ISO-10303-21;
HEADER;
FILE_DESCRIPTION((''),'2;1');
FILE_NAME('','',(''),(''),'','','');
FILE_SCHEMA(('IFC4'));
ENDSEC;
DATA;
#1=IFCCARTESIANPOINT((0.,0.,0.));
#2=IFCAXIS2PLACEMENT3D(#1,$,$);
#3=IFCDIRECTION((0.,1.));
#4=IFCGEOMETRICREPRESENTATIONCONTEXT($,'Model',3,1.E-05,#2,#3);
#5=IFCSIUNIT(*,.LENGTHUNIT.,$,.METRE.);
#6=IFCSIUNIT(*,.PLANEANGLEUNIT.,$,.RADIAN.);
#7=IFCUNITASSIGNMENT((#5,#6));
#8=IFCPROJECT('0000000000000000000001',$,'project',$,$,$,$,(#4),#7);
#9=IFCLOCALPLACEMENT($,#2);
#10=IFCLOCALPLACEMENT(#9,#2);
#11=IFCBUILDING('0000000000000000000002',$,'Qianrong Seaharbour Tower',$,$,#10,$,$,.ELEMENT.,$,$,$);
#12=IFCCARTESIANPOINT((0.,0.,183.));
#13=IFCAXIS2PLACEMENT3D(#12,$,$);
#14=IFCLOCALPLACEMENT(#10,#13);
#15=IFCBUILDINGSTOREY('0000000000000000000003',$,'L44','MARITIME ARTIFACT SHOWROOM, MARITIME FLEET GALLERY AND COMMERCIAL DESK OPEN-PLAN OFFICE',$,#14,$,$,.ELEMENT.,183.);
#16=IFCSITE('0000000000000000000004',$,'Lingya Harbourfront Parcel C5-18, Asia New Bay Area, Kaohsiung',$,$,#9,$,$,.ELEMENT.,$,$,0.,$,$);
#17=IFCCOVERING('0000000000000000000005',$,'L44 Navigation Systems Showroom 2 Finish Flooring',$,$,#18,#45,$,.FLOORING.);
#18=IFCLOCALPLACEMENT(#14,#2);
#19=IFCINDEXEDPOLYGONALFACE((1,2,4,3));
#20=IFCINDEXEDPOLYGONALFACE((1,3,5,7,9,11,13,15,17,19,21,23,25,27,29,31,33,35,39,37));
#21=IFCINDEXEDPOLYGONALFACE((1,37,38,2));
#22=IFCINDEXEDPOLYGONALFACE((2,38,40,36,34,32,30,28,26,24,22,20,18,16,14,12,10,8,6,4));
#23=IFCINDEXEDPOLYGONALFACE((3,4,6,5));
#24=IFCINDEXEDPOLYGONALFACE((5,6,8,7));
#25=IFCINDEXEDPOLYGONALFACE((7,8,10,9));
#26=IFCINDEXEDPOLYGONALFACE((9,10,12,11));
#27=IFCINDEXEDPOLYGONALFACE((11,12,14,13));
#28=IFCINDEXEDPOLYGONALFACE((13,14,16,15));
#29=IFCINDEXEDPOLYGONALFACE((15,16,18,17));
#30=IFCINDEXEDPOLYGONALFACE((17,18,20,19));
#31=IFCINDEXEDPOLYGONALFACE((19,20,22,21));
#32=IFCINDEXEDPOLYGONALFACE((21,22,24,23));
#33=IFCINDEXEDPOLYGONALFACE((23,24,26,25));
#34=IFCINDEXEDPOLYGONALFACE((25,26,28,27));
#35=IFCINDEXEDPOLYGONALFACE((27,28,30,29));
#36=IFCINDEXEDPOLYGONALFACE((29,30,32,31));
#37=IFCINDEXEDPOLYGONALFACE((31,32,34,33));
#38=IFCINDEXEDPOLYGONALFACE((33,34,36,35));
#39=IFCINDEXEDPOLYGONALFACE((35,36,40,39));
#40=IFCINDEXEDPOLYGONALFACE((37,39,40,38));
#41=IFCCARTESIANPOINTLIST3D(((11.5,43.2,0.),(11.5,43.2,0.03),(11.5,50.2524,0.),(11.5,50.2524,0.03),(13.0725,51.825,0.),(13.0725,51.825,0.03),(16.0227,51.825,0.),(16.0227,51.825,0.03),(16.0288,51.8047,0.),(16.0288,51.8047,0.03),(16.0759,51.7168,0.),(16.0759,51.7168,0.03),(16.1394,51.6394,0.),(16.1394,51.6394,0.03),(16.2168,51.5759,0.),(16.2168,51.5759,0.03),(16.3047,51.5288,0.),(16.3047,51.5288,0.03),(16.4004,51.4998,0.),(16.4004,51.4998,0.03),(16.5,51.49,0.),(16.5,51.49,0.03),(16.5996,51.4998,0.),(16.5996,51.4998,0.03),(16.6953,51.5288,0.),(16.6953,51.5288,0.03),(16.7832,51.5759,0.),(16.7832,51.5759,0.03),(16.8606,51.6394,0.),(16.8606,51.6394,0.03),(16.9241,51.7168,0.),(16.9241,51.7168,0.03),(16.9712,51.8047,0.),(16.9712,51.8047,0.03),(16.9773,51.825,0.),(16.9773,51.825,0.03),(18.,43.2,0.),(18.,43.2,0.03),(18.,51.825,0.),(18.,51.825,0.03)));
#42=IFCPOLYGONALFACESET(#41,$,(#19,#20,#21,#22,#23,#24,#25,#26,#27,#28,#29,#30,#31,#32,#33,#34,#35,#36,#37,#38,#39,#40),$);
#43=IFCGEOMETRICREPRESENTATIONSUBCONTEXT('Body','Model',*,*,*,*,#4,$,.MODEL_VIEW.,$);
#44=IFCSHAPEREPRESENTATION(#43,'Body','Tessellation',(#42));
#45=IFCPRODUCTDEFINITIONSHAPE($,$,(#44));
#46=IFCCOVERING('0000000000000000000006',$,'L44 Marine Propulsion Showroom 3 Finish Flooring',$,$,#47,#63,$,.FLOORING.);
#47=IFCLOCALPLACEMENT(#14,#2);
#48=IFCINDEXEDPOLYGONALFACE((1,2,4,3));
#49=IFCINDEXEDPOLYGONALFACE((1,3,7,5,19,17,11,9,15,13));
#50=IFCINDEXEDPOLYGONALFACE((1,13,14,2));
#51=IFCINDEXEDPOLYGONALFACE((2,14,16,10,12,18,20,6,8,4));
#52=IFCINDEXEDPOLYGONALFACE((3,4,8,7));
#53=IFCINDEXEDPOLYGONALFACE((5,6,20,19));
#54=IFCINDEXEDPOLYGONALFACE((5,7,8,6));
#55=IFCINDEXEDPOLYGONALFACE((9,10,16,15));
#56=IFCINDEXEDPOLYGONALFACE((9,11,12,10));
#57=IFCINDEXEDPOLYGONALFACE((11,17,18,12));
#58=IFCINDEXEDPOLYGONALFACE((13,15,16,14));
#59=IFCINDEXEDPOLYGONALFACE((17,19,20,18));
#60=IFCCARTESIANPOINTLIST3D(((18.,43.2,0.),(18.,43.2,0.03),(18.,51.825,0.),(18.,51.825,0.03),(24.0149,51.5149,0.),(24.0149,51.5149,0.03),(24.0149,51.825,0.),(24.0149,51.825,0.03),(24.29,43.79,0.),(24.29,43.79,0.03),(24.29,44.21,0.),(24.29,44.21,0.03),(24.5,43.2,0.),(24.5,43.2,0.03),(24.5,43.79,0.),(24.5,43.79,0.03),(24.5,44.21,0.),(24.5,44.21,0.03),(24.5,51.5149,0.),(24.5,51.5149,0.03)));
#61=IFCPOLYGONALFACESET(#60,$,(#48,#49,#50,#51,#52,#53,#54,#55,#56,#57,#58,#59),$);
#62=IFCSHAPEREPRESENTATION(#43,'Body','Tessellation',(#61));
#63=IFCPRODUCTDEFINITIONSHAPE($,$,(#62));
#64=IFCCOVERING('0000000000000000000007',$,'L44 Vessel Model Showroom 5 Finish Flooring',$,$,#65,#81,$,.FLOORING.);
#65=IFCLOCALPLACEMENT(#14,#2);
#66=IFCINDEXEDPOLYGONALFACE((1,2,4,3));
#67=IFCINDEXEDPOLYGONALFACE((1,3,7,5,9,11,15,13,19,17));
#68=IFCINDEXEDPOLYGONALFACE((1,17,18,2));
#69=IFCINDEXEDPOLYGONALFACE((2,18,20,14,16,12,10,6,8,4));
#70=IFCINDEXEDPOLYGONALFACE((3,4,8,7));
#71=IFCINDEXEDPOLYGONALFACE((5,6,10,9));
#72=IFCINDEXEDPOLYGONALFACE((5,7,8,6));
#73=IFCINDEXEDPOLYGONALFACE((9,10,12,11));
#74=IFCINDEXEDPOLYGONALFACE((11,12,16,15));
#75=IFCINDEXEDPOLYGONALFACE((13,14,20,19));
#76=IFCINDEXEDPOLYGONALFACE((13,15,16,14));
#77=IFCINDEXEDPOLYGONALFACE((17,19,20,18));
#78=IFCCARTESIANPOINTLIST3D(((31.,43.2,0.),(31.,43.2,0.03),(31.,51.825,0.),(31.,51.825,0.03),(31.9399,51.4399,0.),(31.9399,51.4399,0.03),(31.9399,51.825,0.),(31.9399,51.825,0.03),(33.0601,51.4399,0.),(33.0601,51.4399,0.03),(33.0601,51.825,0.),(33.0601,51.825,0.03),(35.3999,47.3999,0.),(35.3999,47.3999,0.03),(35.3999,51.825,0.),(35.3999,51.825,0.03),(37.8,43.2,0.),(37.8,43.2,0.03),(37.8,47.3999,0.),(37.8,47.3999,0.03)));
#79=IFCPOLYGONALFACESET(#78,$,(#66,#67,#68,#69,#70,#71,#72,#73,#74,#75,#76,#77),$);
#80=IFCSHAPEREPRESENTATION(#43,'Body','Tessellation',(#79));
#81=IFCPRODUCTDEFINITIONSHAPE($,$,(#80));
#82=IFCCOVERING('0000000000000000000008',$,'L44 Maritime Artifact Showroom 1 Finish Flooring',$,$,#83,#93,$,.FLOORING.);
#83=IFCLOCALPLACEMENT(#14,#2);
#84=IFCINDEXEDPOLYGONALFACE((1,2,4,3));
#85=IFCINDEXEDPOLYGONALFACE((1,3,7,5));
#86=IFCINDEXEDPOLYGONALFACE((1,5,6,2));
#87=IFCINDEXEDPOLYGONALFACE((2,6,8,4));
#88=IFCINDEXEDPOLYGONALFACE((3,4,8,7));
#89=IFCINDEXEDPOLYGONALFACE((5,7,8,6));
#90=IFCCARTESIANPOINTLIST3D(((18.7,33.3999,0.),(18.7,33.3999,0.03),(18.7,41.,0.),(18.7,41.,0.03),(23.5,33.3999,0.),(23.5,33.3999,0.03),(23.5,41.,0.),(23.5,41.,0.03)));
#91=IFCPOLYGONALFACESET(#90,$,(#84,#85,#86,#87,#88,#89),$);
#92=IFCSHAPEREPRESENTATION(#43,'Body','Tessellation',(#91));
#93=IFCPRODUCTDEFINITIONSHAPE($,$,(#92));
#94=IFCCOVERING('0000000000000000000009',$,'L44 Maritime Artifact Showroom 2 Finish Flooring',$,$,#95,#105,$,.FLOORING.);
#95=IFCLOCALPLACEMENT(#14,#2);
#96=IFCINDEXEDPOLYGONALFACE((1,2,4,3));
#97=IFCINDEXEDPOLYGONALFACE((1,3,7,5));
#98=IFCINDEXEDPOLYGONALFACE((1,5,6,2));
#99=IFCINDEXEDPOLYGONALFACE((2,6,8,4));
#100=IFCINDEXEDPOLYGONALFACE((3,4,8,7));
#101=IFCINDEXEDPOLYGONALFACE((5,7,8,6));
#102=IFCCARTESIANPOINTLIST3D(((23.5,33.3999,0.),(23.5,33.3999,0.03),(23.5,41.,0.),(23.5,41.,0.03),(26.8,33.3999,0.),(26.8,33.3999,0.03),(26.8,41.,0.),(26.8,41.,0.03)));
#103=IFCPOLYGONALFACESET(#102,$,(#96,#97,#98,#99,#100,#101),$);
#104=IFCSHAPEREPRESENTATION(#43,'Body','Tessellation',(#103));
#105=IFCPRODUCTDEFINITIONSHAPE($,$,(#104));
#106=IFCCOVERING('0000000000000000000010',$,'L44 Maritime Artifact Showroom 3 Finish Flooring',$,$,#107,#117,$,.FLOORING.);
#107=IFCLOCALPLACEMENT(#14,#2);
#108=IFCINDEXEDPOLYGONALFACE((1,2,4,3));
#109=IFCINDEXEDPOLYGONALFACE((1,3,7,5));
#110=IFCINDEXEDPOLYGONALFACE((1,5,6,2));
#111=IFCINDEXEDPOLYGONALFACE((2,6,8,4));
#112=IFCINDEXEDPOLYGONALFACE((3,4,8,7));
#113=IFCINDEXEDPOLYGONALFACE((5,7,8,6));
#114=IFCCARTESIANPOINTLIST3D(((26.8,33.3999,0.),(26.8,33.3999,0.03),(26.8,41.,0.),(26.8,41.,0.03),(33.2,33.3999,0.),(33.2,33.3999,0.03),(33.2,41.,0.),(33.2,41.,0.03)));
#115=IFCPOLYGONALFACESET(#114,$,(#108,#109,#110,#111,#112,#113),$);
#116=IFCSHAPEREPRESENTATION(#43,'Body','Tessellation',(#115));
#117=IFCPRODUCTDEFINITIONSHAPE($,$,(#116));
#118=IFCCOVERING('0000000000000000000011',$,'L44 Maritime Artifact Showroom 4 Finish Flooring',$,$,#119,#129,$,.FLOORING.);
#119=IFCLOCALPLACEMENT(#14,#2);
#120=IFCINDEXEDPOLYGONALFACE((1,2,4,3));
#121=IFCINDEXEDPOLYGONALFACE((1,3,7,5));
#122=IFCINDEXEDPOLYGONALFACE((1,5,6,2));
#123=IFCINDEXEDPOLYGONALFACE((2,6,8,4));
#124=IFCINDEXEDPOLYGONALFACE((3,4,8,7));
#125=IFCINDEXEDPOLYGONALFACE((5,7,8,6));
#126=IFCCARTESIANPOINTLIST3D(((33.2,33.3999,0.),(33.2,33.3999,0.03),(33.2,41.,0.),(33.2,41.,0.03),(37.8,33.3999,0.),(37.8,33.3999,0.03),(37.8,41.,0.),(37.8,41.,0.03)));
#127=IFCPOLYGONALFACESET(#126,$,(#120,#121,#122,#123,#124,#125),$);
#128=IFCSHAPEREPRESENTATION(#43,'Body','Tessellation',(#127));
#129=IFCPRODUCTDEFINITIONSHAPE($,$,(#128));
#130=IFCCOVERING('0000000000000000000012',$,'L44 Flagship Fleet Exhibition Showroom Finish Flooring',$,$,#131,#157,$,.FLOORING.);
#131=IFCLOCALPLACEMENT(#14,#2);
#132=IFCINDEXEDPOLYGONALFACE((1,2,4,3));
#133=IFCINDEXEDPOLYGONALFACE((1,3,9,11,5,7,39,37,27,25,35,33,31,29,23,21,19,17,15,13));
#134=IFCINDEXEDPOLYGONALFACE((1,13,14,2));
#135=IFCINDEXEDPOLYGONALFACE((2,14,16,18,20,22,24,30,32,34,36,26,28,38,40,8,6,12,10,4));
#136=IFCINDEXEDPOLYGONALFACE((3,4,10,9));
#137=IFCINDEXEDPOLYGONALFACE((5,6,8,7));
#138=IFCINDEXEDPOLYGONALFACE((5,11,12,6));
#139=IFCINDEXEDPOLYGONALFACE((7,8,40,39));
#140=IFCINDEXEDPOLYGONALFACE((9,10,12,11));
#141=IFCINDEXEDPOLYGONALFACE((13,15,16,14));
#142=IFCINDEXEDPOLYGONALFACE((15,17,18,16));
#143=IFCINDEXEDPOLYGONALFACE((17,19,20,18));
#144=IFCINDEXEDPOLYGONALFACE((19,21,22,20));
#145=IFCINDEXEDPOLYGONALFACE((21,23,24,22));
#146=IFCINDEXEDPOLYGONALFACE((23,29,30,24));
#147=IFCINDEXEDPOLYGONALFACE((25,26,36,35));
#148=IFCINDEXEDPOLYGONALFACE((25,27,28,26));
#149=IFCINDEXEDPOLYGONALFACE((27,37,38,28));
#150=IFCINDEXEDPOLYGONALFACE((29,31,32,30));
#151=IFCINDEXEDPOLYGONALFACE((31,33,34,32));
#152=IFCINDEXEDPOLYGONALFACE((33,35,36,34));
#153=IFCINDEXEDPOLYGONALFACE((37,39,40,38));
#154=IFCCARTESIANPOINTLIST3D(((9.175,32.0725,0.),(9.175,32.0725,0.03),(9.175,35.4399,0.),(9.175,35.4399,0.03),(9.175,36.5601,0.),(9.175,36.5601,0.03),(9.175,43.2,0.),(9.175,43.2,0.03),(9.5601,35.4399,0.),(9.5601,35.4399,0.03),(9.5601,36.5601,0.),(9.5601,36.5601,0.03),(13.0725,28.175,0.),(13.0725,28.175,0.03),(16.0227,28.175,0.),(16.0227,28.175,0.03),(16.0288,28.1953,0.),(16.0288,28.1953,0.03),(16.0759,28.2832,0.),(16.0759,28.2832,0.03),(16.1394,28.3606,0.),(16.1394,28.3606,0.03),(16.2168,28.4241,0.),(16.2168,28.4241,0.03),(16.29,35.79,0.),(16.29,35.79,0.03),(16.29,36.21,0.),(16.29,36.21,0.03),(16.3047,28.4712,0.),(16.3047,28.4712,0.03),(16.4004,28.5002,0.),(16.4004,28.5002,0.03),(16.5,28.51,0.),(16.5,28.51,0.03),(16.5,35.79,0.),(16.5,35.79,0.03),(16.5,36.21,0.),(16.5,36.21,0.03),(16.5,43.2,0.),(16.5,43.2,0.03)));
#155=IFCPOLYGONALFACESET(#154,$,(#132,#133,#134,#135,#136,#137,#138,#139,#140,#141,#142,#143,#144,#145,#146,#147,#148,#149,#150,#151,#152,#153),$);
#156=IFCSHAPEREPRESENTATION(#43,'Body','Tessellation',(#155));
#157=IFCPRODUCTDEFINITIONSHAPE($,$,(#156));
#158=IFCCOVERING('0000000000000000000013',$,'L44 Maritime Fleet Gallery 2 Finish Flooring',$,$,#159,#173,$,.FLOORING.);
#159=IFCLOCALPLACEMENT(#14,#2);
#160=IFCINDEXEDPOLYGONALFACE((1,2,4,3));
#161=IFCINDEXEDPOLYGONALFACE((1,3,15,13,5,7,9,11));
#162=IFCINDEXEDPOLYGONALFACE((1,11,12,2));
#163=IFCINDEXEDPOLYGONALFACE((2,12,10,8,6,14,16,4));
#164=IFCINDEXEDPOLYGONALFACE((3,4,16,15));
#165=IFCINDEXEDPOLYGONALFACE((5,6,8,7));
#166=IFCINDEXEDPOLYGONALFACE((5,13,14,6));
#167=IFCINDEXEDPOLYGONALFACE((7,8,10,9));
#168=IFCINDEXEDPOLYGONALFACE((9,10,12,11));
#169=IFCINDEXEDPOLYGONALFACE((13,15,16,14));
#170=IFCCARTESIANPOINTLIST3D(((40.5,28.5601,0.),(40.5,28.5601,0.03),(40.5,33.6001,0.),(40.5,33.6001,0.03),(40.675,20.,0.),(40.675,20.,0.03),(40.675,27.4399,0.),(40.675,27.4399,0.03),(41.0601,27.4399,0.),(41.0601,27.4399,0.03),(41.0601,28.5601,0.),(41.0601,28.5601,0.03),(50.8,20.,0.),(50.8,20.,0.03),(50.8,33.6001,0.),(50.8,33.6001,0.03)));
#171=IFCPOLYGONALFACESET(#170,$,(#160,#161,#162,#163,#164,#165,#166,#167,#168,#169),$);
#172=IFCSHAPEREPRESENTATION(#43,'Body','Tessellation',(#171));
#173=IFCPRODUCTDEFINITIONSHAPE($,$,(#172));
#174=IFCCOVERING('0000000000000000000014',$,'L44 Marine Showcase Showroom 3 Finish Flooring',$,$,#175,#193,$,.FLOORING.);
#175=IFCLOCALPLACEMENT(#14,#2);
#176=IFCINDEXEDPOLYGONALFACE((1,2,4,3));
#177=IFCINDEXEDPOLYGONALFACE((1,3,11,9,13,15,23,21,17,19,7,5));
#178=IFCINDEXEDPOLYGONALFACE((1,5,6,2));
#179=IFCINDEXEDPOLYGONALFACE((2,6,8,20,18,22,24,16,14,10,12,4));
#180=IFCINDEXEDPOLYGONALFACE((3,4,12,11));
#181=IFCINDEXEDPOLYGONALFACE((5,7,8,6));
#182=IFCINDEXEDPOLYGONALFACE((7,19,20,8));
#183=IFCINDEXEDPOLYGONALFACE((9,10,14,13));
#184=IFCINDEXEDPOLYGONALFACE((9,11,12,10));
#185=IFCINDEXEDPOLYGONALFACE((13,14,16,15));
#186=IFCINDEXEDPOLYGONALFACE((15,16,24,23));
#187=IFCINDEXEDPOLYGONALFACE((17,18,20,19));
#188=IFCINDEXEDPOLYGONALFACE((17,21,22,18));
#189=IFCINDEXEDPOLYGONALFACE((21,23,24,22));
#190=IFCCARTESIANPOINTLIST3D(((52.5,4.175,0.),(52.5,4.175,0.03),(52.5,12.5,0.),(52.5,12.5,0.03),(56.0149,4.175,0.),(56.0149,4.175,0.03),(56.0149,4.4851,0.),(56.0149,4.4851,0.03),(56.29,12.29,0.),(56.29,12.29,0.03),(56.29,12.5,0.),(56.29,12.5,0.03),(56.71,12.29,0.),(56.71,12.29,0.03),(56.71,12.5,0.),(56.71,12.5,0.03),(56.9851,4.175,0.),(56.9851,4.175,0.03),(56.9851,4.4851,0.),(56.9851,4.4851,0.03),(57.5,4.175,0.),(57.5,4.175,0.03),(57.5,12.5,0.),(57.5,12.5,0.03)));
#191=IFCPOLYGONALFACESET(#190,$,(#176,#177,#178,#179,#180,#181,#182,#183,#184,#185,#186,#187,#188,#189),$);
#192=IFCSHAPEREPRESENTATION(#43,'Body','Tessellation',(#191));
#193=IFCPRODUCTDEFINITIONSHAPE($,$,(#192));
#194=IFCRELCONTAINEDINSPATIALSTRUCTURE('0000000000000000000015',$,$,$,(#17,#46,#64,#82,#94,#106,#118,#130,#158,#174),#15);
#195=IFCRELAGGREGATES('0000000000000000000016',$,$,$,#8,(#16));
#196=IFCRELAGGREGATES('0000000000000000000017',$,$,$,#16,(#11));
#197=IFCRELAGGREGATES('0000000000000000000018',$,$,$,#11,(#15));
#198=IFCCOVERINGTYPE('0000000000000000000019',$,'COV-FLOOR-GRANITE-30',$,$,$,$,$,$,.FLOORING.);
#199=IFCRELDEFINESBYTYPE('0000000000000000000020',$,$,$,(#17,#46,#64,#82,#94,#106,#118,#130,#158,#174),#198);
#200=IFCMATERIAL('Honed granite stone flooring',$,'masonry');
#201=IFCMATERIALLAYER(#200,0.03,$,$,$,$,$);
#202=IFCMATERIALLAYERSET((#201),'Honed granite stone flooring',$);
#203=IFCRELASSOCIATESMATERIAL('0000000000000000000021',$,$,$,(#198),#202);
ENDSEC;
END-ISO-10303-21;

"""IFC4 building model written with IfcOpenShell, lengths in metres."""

from ifc_helpers import new_model, si_unit, direction, frame, origin, place, context, subcontext, project, spatial, polyline, outline, extrude, material, layer, layer_set, type_object, element, save


model = new_model("IFC4")

# Units and contexts
model_context = context("Model", 3, precision=1e-05, world=origin(), true_north=direction((0.0, 1.0)))
body_context = subcontext(model_context, "Body", "Model", "MODEL_VIEW")
ifc_project = project(units=[si_unit("LENGTHUNIT", "METRE"), si_unit("PLANEANGLEUNIT", "RADIAN")], contexts=[model_context])

# Site, building, storey
site_placement = place(None, origin())
site = spatial("IfcSite", under=ifc_project, at=site_placement, Name="Lingya Harbourfront Parcel C5-18, Asia New Bay Area, Kaohsiung", CompositionType="ELEMENT", RefElevation=0.0)
building_placement = place(site_placement, origin())
building = spatial("IfcBuilding", under=site, at=building_placement, Name="Qianrong Seaharbour Tower", CompositionType="ELEMENT")
storey_placement = place(building_placement, frame((0.0, 0.0, 183.0)))
storey = spatial("IfcBuildingStorey", under=building, at=storey_placement, Name="L44", Description="MARITIME ARTIFACT SHOWROOM, MARITIME FLEET GALLERY AND COMMERCIAL DESK OPEN-PLAN OFFICE", CompositionType="ELEMENT", Elevation=183.0)

# Coverings
ifc_material_1 = material(Name="Honed granite stone flooring", Category="masonry")
ifc_layer_1 = layer(ifc_material_1, 0.03)
ifc_layer_set_1 = layer_set([ifc_layer_1], Name="Honed granite stone flooring")
covering_type_1 = type_object("IfcCoveringType", Name="COV-FLOOR-GRANITE-30", PredefinedType="FLOORING", material=ifc_layer_set_1)
covering_1_placement = place(storey_placement, origin())
element("IfcCovering", 1, at=covering_1_placement, inside=storey, type_object=covering_type_1, Name="L44 Navigation Systems Showroom 2 Finish Flooring", PredefinedType="FLOORING", context=body_context, shape_type="SweptSolid", body=[
    extrude(outline(polyline([(11.5, 50.2524), (13.0725, 51.825), (16.0227, 51.825), (16.0288, 51.8047), (16.0759, 51.7168), (16.1394, 51.6394), (16.2168, 51.5759), (16.3047, 51.5288), (16.4004, 51.4998), (16.5, 51.49), (16.5996, 51.4998), (16.6953, 51.5288), (16.7832, 51.5759), (16.8606, 51.6394), (16.9241, 51.7168), (16.9712, 51.8047), (16.9773, 51.825), (18.0, 51.825), (18.0, 43.2), (11.5, 43.2), (11.5, 50.2524)])), origin(), (0.0, 0.0, 1.0), 0.03),
])
covering_2_placement = place(storey_placement, origin())
element("IfcCovering", 2, at=covering_2_placement, inside=storey, type_object=covering_type_1, Name="L44 Marine Propulsion Showroom 3 Finish Flooring", PredefinedType="FLOORING", context=body_context, shape_type="SweptSolid", body=[
    extrude(outline(polyline([(18.0, 51.825), (24.0149, 51.825), (24.0149, 51.5149), (24.5, 51.5149), (24.5, 44.21), (24.29, 44.21), (24.29, 43.79), (24.5, 43.79), (24.5, 43.2), (18.0, 43.2), (18.0, 51.825)])), origin(), (0.0, 0.0, 1.0), 0.03),
])
covering_3_placement = place(storey_placement, origin())
element("IfcCovering", 3, at=covering_3_placement, inside=storey, type_object=covering_type_1, Name="L44 Vessel Model Showroom 5 Finish Flooring", PredefinedType="FLOORING", context=body_context, shape_type="SweptSolid", body=[
    extrude(outline(polyline([(31.0, 51.825), (31.9399, 51.825), (31.9399, 51.4399), (33.0601, 51.4399), (33.0601, 51.825), (35.3999, 51.825), (35.3999, 47.3999), (37.8, 47.3999), (37.8, 43.2), (31.0, 43.2), (31.0, 51.825)])), origin(), (0.0, 0.0, 1.0), 0.03),
])
covering_4_placement = place(storey_placement, origin())
element("IfcCovering", 4, at=covering_4_placement, inside=storey, type_object=covering_type_1, Name="L44 Maritime Artifact Showroom 1 Finish Flooring", PredefinedType="FLOORING", context=body_context, shape_type="SweptSolid", body=[
    extrude(outline(polyline([(23.5, 41.0), (23.5, 33.3999), (18.7, 33.3999), (18.7, 41.0), (23.5, 41.0)])), origin(), (0.0, 0.0, 1.0), 0.03),
])
covering_5_placement = place(storey_placement, origin())
element("IfcCovering", 5, at=covering_5_placement, inside=storey, type_object=covering_type_1, Name="L44 Maritime Artifact Showroom 2 Finish Flooring", PredefinedType="FLOORING", context=body_context, shape_type="SweptSolid", body=[
    extrude(outline(polyline([(26.8, 41.0), (26.8, 33.3999), (23.5, 33.3999), (23.5, 41.0), (26.8, 41.0)])), origin(), (0.0, 0.0, 1.0), 0.03),
])
covering_6_placement = place(storey_placement, origin())
element("IfcCovering", 6, at=covering_6_placement, inside=storey, type_object=covering_type_1, Name="L44 Maritime Artifact Showroom 3 Finish Flooring", PredefinedType="FLOORING", context=body_context, shape_type="SweptSolid", body=[
    extrude(outline(polyline([(33.2, 41.0), (33.2, 33.3999), (26.8, 33.3999), (26.8, 41.0), (33.2, 41.0)])), origin(), (0.0, 0.0, 1.0), 0.03),
])
covering_7_placement = place(storey_placement, origin())
element("IfcCovering", 7, at=covering_7_placement, inside=storey, type_object=covering_type_1, Name="L44 Maritime Artifact Showroom 4 Finish Flooring", PredefinedType="FLOORING", context=body_context, shape_type="SweptSolid", body=[
    extrude(outline(polyline([(37.8, 41.0), (37.8, 33.3999), (33.2, 33.3999), (33.2, 41.0), (37.8, 41.0)])), origin(), (0.0, 0.0, 1.0), 0.03),
])
covering_8_placement = place(storey_placement, origin())
element("IfcCovering", 8, at=covering_8_placement, inside=storey, type_object=covering_type_1, Name="L44 Flagship Fleet Exhibition Showroom Finish Flooring", PredefinedType="FLOORING", context=body_context, shape_type="SweptSolid", body=[
    extrude(outline(polyline([(13.0725, 28.175), (9.175, 32.0725), (9.175, 35.4399), (9.5601, 35.4399), (9.5601, 36.5601), (9.175, 36.5601), (9.175, 43.2), (16.5, 43.2), (16.5, 36.21), (16.29, 36.21), (16.29, 35.79), (16.5, 35.79), (16.5, 28.51), (16.4004, 28.5002), (16.3047, 28.4712), (16.2168, 28.4241), (16.1394, 28.3606), (16.0759, 28.2832), (16.0288, 28.1953), (16.0227, 28.175), (13.0725, 28.175)])), origin(), (0.0, 0.0, 1.0), 0.03),
])
covering_9_placement = place(storey_placement, origin())
element("IfcCovering", 9, at=covering_9_placement, inside=storey, type_object=covering_type_1, Name="L44 Maritime Fleet Gallery 2 Finish Flooring", PredefinedType="FLOORING", context=body_context, shape_type="SweptSolid", body=[
    extrude(outline(polyline([(50.8, 20.0), (40.675, 20.0), (40.675, 27.4399), (41.0601, 27.4399), (41.0601, 28.5601), (40.5, 28.5601), (40.5, 33.6001), (50.8, 33.6001), (50.8, 20.0)])), origin(), (0.0, 0.0, 1.0), 0.03),
])
covering_10_placement = place(storey_placement, origin())
element("IfcCovering", 10, at=covering_10_placement, inside=storey, type_object=covering_type_1, Name="L44 Marine Showcase Showroom 3 Finish Flooring", PredefinedType="FLOORING", context=body_context, shape_type="SweptSolid", body=[
    extrude(outline(polyline([(57.5, 4.175), (56.9851, 4.175), (56.9851, 4.4851), (56.0149, 4.4851), (56.0149, 4.175), (52.5, 4.175), (52.5, 12.5), (56.29, 12.5), (56.29, 12.29), (56.71, 12.29), (56.71, 12.5), (57.5, 12.5), (57.5, 4.175)])), origin(), (0.0, 0.0, 1.0), 0.03),
])

save(model, "model.ifc")
